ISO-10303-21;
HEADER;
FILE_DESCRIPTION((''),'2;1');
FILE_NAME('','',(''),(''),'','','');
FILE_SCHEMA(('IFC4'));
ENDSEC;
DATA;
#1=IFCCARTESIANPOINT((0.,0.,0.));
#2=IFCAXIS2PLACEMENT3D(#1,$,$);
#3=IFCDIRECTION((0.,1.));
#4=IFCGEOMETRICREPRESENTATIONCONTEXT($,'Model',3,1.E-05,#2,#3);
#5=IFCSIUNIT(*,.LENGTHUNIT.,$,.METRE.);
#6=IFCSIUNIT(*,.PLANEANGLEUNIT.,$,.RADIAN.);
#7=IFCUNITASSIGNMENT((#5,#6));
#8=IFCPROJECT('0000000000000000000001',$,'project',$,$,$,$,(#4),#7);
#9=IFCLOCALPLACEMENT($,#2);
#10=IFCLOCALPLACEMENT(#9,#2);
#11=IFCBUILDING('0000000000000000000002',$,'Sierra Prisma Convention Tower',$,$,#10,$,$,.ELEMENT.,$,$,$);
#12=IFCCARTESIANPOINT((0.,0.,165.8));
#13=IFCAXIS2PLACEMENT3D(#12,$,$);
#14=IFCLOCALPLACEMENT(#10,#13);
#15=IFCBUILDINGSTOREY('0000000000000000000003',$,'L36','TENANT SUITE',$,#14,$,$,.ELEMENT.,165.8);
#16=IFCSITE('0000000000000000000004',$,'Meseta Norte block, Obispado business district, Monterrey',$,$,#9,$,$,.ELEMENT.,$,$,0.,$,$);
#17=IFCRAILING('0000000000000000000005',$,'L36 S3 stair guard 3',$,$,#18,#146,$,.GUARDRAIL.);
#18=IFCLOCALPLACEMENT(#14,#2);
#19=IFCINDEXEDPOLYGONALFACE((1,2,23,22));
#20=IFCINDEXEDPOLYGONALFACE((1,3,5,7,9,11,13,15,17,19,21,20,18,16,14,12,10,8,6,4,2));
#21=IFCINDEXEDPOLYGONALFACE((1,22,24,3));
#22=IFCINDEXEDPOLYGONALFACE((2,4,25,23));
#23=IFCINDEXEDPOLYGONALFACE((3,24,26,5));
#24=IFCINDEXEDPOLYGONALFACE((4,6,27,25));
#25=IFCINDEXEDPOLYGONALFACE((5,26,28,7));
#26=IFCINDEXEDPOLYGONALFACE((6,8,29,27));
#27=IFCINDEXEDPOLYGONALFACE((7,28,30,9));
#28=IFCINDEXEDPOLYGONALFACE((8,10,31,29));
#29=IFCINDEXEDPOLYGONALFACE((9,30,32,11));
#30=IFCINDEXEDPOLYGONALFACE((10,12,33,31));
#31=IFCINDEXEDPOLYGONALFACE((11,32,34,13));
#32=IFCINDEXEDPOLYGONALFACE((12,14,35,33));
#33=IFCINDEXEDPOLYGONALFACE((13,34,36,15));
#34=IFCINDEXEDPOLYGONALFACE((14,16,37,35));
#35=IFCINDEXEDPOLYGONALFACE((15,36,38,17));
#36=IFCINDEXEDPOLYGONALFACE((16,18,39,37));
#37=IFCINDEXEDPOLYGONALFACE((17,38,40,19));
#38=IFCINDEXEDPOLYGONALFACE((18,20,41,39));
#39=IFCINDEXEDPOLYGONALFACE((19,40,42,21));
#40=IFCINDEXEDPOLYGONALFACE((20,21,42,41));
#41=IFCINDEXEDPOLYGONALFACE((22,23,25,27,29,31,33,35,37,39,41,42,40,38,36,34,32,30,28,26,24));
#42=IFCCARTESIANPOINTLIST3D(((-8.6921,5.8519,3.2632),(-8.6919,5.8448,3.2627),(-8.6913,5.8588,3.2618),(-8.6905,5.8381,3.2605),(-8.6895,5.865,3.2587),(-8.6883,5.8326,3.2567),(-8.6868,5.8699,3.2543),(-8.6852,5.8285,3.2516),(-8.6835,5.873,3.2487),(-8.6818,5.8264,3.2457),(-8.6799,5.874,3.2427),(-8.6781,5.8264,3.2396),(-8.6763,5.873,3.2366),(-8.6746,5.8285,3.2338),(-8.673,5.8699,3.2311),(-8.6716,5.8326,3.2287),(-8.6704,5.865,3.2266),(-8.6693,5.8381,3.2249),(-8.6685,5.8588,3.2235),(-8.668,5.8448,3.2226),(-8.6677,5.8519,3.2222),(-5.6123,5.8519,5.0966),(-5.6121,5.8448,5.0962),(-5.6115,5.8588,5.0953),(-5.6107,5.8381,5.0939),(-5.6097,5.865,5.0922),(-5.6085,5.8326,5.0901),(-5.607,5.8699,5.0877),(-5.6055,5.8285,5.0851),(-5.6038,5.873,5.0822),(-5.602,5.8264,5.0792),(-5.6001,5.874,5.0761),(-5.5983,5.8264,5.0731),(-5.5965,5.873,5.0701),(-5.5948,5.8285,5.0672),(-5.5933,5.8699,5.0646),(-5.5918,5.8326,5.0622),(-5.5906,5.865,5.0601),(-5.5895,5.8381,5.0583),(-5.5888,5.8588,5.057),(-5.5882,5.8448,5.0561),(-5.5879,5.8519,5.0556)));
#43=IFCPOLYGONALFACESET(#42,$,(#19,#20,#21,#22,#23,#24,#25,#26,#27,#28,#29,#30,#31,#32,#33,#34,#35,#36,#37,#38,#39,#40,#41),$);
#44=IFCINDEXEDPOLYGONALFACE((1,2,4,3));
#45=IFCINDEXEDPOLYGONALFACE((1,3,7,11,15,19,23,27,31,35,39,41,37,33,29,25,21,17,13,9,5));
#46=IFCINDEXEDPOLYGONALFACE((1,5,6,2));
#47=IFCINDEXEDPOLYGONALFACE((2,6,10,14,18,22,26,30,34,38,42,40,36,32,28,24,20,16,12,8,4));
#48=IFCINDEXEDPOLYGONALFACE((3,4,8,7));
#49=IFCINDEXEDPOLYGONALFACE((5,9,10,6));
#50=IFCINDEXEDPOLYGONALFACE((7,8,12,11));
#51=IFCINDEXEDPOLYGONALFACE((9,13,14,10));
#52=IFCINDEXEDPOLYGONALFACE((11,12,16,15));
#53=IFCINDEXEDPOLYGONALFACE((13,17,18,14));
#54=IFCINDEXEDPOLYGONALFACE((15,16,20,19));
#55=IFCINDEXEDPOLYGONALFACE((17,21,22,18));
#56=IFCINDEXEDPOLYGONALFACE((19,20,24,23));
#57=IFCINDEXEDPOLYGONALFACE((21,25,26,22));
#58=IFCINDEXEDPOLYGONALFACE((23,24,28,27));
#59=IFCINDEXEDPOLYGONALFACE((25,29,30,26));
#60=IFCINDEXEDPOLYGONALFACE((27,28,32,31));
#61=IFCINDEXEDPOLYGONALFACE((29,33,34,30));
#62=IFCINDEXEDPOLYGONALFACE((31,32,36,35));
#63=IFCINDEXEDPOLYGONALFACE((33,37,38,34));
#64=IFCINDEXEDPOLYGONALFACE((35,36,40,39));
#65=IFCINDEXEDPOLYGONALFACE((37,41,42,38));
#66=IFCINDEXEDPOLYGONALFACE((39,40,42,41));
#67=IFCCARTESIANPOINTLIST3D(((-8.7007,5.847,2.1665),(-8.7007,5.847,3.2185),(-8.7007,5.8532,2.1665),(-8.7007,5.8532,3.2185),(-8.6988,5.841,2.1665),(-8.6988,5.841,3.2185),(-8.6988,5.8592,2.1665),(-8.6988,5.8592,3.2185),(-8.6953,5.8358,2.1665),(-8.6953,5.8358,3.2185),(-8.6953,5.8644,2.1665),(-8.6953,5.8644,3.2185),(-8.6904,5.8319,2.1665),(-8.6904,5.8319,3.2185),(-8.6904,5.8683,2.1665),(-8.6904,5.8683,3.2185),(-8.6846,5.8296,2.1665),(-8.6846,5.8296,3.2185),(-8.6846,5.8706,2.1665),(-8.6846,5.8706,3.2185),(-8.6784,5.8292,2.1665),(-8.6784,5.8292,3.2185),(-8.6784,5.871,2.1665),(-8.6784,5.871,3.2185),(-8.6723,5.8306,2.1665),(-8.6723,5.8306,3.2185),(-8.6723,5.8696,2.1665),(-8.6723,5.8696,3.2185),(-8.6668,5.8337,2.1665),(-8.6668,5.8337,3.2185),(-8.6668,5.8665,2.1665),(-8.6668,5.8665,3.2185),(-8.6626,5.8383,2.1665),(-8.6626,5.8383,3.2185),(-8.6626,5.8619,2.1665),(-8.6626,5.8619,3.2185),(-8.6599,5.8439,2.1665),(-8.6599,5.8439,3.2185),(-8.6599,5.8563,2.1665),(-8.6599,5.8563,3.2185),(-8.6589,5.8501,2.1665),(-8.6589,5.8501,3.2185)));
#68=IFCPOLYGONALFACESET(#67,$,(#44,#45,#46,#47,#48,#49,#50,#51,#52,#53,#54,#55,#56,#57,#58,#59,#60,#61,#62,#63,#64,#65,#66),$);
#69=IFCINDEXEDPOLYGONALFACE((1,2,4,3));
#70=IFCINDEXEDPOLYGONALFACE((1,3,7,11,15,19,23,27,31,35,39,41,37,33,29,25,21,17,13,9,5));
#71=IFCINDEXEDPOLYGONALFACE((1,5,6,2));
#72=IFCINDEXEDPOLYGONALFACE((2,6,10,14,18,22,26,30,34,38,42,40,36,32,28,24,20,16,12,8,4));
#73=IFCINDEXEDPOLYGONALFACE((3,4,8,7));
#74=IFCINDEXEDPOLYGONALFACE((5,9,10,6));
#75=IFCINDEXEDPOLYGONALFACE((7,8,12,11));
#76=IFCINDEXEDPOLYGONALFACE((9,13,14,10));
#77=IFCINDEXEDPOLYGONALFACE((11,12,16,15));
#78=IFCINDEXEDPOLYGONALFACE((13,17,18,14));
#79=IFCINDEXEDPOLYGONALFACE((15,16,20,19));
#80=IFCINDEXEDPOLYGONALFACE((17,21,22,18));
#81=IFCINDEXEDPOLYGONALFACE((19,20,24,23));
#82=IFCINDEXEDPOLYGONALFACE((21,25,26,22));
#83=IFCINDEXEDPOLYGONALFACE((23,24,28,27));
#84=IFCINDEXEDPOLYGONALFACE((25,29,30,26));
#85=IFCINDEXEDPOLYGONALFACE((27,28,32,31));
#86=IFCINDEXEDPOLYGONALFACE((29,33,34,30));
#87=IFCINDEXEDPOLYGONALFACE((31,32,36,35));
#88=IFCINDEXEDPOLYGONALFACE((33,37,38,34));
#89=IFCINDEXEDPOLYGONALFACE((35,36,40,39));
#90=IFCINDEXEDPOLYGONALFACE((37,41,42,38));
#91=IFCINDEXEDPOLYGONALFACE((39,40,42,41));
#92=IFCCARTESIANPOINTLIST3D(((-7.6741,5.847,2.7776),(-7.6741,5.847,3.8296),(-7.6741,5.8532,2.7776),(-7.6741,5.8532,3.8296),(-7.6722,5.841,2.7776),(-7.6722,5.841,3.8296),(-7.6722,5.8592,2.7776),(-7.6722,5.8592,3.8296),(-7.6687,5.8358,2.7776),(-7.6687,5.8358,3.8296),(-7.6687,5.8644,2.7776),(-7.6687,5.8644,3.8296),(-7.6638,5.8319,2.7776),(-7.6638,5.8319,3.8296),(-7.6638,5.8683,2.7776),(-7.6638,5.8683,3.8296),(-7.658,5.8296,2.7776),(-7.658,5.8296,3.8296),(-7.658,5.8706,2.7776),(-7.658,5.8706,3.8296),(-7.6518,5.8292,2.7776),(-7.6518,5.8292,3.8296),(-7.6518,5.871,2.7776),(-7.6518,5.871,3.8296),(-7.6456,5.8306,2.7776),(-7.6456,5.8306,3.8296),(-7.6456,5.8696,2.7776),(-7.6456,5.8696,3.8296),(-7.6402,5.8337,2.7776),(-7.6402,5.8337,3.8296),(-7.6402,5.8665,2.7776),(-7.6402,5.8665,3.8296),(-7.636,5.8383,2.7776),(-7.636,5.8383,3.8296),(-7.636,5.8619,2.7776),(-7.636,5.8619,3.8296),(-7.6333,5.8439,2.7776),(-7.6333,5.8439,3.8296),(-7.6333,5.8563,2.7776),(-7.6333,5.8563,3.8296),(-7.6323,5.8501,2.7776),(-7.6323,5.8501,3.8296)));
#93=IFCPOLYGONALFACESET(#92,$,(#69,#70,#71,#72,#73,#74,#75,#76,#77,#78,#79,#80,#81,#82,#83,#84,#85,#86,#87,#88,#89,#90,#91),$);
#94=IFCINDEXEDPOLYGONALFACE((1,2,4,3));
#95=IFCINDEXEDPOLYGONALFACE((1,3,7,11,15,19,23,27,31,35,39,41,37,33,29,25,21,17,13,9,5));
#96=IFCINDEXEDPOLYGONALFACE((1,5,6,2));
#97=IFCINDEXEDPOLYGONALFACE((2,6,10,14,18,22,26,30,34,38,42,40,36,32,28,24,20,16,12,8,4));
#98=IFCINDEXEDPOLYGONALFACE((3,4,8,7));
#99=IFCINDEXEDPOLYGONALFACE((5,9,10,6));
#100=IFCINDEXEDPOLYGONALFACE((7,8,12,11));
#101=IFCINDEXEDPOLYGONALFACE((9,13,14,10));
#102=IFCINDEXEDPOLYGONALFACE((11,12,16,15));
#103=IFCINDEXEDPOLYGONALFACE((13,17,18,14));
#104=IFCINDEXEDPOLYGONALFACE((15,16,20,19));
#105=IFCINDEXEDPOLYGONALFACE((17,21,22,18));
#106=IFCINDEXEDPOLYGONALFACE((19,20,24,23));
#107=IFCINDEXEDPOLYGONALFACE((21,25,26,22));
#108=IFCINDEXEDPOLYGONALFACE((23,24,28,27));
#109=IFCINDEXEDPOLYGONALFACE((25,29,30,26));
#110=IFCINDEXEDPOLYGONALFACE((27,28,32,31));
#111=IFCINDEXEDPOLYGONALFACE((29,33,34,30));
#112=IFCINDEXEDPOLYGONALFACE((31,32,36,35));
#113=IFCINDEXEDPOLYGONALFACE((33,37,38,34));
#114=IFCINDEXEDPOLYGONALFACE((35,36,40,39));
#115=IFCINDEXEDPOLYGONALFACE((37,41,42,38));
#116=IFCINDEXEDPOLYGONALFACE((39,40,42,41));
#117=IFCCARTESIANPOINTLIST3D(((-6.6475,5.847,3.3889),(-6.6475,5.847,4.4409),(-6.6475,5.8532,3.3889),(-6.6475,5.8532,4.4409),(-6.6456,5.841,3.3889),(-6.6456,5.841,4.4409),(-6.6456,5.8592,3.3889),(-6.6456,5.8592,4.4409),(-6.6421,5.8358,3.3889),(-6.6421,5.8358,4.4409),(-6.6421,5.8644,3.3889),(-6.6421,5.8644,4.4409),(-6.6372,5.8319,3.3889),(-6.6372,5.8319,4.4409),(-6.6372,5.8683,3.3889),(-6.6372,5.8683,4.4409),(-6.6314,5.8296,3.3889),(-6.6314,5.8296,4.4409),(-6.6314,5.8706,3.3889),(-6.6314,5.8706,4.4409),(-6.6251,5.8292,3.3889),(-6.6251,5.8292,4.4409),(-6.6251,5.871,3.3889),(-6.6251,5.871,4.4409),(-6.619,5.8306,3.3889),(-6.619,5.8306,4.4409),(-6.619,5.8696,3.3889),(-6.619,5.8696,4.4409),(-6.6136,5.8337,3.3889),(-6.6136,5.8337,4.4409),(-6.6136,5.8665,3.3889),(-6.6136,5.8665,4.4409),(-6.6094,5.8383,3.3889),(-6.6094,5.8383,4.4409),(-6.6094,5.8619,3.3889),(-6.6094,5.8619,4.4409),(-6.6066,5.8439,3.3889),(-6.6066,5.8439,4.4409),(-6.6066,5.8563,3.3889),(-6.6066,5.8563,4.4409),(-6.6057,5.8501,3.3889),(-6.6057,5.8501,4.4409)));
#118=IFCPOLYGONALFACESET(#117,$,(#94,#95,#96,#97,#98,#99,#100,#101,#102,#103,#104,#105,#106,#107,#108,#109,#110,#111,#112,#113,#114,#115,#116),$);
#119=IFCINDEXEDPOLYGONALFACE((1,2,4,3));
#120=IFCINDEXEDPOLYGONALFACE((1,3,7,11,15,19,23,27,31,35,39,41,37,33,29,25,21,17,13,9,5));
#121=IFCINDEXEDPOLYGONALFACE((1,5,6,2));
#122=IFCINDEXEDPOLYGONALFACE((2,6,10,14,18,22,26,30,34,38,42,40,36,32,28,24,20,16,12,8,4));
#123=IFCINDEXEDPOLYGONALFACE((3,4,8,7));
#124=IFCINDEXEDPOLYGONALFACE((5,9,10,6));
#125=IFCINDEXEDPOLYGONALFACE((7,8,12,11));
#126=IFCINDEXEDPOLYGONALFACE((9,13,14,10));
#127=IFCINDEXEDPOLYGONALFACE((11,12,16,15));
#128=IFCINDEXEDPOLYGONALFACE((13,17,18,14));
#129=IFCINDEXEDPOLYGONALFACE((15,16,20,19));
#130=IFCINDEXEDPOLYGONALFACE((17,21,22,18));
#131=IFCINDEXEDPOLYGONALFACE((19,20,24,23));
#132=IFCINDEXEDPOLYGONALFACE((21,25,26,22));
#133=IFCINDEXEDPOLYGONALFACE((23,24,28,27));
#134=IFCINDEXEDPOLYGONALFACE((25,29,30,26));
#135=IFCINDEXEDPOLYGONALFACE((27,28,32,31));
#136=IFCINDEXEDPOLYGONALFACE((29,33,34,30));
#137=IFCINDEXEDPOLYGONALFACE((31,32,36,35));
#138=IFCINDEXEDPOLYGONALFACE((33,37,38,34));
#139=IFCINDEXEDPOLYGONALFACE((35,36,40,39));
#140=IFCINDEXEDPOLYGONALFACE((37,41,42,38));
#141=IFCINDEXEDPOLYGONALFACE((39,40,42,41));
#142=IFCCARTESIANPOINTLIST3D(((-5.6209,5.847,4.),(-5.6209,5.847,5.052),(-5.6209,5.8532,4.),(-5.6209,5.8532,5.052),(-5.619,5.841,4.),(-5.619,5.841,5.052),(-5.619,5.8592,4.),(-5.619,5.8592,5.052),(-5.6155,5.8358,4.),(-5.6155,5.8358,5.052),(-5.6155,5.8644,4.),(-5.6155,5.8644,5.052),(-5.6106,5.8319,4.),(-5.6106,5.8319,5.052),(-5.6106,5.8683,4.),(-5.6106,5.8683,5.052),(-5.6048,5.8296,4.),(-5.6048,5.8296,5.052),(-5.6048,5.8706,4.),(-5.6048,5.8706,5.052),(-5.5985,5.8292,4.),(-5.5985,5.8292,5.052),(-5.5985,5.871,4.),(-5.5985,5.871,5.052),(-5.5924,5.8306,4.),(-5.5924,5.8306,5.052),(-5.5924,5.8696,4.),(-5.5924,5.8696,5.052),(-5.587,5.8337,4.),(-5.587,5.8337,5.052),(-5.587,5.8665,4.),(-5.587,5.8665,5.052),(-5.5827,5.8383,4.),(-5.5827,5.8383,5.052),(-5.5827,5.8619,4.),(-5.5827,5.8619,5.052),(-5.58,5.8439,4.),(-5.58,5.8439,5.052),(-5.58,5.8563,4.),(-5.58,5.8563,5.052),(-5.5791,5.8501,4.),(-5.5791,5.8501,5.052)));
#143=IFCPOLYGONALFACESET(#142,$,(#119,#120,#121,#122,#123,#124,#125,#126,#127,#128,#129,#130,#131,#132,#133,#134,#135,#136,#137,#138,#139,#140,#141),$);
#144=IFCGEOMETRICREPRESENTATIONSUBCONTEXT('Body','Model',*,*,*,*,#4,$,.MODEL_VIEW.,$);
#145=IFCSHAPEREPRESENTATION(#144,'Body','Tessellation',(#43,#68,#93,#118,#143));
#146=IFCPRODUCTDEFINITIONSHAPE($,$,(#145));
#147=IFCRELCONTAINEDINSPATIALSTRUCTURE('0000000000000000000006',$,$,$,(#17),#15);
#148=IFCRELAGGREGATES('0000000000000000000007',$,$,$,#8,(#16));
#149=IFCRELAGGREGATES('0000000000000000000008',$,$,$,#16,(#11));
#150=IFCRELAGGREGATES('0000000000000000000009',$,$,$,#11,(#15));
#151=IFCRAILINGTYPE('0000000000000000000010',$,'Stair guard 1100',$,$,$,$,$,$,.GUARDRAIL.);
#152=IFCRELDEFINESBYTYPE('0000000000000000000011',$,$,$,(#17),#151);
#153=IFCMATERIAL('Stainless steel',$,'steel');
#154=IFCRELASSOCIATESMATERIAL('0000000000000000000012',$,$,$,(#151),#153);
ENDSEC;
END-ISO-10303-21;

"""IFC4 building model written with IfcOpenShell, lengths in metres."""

from ifc_helpers import new_model, si_unit, direction, frame, origin, origin_2d, place, context, subcontext, project, spatial, circle, extrude, material, type_object, element, save


model = new_model("IFC4")

# Units and contexts
model_context = context("Model", 3, precision=1e-05, world=origin(), true_north=direction((0.0, 1.0)))
body_context = subcontext(model_context, "Body", "Model", "MODEL_VIEW")
ifc_project = project(units=[si_unit("LENGTHUNIT", "METRE"), si_unit("PLANEANGLEUNIT", "RADIAN")], contexts=[model_context])

# Site, building, storey
site_placement = place(None, origin())
site = spatial("IfcSite", under=ifc_project, at=site_placement, Name="Meseta Norte block, Obispado business district, Monterrey", CompositionType="ELEMENT", RefElevation=0.0)
building_placement = place(site_placement, origin())
building = spatial("IfcBuilding", under=site, at=building_placement, Name="Sierra Prisma Convention Tower", CompositionType="ELEMENT")
storey_placement = place(building_placement, frame((0.0, 0.0, 165.8)))
storey = spatial("IfcBuildingStorey", under=building, at=storey_placement, Name="L36", Description="TENANT SUITE", CompositionType="ELEMENT", Elevation=165.8)

# Railing
ifc_material_1 = material(Name="Stainless steel", Category="steel")
railing_type_1 = type_object("IfcRailingType", Name="Stair guard 1100", PredefinedType="GUARDRAIL", material=ifc_material_1)
railing_1_placement = place(storey_placement, frame((-8.6799, 5.8501, 2.1665)))
element("IfcRailing", 1, at=railing_1_placement, inside=storey, type_object=railing_type_1, Name="L36 S3 stair guard 3", PredefinedType="GUARDRAIL", context=body_context, shape_type="SweptSolid", body=[
    extrude(circle(Radius=0.0239, at=origin_2d()), frame((0.0, 0.0, 1.0762), z_axis=(0.859261, 0.0, 0.511538), x_axis=(0.0, 1.0, 0.0)), (0.0, 0.0, 1.0), 3.5842),
    extrude(circle(Radius=0.021, at=origin_2d()), origin(), (0.0, 0.0, 1.0), 1.052),
    extrude(circle(Radius=0.021, at=origin_2d()), frame((1.0266, 0.0, 0.6111)), (0.0, 0.0, 1.0), 1.052),
    extrude(circle(Radius=0.021, at=origin_2d()), frame((2.0532, 0.0, 1.2224)), (0.0, 0.0, 1.0), 1.052),
    extrude(circle(Radius=0.021, at=origin_2d()), frame((3.0798, 0.0, 1.8335)), (0.0, 0.0, 1.0), 1.052),
])

save(model, "model.ifc")
